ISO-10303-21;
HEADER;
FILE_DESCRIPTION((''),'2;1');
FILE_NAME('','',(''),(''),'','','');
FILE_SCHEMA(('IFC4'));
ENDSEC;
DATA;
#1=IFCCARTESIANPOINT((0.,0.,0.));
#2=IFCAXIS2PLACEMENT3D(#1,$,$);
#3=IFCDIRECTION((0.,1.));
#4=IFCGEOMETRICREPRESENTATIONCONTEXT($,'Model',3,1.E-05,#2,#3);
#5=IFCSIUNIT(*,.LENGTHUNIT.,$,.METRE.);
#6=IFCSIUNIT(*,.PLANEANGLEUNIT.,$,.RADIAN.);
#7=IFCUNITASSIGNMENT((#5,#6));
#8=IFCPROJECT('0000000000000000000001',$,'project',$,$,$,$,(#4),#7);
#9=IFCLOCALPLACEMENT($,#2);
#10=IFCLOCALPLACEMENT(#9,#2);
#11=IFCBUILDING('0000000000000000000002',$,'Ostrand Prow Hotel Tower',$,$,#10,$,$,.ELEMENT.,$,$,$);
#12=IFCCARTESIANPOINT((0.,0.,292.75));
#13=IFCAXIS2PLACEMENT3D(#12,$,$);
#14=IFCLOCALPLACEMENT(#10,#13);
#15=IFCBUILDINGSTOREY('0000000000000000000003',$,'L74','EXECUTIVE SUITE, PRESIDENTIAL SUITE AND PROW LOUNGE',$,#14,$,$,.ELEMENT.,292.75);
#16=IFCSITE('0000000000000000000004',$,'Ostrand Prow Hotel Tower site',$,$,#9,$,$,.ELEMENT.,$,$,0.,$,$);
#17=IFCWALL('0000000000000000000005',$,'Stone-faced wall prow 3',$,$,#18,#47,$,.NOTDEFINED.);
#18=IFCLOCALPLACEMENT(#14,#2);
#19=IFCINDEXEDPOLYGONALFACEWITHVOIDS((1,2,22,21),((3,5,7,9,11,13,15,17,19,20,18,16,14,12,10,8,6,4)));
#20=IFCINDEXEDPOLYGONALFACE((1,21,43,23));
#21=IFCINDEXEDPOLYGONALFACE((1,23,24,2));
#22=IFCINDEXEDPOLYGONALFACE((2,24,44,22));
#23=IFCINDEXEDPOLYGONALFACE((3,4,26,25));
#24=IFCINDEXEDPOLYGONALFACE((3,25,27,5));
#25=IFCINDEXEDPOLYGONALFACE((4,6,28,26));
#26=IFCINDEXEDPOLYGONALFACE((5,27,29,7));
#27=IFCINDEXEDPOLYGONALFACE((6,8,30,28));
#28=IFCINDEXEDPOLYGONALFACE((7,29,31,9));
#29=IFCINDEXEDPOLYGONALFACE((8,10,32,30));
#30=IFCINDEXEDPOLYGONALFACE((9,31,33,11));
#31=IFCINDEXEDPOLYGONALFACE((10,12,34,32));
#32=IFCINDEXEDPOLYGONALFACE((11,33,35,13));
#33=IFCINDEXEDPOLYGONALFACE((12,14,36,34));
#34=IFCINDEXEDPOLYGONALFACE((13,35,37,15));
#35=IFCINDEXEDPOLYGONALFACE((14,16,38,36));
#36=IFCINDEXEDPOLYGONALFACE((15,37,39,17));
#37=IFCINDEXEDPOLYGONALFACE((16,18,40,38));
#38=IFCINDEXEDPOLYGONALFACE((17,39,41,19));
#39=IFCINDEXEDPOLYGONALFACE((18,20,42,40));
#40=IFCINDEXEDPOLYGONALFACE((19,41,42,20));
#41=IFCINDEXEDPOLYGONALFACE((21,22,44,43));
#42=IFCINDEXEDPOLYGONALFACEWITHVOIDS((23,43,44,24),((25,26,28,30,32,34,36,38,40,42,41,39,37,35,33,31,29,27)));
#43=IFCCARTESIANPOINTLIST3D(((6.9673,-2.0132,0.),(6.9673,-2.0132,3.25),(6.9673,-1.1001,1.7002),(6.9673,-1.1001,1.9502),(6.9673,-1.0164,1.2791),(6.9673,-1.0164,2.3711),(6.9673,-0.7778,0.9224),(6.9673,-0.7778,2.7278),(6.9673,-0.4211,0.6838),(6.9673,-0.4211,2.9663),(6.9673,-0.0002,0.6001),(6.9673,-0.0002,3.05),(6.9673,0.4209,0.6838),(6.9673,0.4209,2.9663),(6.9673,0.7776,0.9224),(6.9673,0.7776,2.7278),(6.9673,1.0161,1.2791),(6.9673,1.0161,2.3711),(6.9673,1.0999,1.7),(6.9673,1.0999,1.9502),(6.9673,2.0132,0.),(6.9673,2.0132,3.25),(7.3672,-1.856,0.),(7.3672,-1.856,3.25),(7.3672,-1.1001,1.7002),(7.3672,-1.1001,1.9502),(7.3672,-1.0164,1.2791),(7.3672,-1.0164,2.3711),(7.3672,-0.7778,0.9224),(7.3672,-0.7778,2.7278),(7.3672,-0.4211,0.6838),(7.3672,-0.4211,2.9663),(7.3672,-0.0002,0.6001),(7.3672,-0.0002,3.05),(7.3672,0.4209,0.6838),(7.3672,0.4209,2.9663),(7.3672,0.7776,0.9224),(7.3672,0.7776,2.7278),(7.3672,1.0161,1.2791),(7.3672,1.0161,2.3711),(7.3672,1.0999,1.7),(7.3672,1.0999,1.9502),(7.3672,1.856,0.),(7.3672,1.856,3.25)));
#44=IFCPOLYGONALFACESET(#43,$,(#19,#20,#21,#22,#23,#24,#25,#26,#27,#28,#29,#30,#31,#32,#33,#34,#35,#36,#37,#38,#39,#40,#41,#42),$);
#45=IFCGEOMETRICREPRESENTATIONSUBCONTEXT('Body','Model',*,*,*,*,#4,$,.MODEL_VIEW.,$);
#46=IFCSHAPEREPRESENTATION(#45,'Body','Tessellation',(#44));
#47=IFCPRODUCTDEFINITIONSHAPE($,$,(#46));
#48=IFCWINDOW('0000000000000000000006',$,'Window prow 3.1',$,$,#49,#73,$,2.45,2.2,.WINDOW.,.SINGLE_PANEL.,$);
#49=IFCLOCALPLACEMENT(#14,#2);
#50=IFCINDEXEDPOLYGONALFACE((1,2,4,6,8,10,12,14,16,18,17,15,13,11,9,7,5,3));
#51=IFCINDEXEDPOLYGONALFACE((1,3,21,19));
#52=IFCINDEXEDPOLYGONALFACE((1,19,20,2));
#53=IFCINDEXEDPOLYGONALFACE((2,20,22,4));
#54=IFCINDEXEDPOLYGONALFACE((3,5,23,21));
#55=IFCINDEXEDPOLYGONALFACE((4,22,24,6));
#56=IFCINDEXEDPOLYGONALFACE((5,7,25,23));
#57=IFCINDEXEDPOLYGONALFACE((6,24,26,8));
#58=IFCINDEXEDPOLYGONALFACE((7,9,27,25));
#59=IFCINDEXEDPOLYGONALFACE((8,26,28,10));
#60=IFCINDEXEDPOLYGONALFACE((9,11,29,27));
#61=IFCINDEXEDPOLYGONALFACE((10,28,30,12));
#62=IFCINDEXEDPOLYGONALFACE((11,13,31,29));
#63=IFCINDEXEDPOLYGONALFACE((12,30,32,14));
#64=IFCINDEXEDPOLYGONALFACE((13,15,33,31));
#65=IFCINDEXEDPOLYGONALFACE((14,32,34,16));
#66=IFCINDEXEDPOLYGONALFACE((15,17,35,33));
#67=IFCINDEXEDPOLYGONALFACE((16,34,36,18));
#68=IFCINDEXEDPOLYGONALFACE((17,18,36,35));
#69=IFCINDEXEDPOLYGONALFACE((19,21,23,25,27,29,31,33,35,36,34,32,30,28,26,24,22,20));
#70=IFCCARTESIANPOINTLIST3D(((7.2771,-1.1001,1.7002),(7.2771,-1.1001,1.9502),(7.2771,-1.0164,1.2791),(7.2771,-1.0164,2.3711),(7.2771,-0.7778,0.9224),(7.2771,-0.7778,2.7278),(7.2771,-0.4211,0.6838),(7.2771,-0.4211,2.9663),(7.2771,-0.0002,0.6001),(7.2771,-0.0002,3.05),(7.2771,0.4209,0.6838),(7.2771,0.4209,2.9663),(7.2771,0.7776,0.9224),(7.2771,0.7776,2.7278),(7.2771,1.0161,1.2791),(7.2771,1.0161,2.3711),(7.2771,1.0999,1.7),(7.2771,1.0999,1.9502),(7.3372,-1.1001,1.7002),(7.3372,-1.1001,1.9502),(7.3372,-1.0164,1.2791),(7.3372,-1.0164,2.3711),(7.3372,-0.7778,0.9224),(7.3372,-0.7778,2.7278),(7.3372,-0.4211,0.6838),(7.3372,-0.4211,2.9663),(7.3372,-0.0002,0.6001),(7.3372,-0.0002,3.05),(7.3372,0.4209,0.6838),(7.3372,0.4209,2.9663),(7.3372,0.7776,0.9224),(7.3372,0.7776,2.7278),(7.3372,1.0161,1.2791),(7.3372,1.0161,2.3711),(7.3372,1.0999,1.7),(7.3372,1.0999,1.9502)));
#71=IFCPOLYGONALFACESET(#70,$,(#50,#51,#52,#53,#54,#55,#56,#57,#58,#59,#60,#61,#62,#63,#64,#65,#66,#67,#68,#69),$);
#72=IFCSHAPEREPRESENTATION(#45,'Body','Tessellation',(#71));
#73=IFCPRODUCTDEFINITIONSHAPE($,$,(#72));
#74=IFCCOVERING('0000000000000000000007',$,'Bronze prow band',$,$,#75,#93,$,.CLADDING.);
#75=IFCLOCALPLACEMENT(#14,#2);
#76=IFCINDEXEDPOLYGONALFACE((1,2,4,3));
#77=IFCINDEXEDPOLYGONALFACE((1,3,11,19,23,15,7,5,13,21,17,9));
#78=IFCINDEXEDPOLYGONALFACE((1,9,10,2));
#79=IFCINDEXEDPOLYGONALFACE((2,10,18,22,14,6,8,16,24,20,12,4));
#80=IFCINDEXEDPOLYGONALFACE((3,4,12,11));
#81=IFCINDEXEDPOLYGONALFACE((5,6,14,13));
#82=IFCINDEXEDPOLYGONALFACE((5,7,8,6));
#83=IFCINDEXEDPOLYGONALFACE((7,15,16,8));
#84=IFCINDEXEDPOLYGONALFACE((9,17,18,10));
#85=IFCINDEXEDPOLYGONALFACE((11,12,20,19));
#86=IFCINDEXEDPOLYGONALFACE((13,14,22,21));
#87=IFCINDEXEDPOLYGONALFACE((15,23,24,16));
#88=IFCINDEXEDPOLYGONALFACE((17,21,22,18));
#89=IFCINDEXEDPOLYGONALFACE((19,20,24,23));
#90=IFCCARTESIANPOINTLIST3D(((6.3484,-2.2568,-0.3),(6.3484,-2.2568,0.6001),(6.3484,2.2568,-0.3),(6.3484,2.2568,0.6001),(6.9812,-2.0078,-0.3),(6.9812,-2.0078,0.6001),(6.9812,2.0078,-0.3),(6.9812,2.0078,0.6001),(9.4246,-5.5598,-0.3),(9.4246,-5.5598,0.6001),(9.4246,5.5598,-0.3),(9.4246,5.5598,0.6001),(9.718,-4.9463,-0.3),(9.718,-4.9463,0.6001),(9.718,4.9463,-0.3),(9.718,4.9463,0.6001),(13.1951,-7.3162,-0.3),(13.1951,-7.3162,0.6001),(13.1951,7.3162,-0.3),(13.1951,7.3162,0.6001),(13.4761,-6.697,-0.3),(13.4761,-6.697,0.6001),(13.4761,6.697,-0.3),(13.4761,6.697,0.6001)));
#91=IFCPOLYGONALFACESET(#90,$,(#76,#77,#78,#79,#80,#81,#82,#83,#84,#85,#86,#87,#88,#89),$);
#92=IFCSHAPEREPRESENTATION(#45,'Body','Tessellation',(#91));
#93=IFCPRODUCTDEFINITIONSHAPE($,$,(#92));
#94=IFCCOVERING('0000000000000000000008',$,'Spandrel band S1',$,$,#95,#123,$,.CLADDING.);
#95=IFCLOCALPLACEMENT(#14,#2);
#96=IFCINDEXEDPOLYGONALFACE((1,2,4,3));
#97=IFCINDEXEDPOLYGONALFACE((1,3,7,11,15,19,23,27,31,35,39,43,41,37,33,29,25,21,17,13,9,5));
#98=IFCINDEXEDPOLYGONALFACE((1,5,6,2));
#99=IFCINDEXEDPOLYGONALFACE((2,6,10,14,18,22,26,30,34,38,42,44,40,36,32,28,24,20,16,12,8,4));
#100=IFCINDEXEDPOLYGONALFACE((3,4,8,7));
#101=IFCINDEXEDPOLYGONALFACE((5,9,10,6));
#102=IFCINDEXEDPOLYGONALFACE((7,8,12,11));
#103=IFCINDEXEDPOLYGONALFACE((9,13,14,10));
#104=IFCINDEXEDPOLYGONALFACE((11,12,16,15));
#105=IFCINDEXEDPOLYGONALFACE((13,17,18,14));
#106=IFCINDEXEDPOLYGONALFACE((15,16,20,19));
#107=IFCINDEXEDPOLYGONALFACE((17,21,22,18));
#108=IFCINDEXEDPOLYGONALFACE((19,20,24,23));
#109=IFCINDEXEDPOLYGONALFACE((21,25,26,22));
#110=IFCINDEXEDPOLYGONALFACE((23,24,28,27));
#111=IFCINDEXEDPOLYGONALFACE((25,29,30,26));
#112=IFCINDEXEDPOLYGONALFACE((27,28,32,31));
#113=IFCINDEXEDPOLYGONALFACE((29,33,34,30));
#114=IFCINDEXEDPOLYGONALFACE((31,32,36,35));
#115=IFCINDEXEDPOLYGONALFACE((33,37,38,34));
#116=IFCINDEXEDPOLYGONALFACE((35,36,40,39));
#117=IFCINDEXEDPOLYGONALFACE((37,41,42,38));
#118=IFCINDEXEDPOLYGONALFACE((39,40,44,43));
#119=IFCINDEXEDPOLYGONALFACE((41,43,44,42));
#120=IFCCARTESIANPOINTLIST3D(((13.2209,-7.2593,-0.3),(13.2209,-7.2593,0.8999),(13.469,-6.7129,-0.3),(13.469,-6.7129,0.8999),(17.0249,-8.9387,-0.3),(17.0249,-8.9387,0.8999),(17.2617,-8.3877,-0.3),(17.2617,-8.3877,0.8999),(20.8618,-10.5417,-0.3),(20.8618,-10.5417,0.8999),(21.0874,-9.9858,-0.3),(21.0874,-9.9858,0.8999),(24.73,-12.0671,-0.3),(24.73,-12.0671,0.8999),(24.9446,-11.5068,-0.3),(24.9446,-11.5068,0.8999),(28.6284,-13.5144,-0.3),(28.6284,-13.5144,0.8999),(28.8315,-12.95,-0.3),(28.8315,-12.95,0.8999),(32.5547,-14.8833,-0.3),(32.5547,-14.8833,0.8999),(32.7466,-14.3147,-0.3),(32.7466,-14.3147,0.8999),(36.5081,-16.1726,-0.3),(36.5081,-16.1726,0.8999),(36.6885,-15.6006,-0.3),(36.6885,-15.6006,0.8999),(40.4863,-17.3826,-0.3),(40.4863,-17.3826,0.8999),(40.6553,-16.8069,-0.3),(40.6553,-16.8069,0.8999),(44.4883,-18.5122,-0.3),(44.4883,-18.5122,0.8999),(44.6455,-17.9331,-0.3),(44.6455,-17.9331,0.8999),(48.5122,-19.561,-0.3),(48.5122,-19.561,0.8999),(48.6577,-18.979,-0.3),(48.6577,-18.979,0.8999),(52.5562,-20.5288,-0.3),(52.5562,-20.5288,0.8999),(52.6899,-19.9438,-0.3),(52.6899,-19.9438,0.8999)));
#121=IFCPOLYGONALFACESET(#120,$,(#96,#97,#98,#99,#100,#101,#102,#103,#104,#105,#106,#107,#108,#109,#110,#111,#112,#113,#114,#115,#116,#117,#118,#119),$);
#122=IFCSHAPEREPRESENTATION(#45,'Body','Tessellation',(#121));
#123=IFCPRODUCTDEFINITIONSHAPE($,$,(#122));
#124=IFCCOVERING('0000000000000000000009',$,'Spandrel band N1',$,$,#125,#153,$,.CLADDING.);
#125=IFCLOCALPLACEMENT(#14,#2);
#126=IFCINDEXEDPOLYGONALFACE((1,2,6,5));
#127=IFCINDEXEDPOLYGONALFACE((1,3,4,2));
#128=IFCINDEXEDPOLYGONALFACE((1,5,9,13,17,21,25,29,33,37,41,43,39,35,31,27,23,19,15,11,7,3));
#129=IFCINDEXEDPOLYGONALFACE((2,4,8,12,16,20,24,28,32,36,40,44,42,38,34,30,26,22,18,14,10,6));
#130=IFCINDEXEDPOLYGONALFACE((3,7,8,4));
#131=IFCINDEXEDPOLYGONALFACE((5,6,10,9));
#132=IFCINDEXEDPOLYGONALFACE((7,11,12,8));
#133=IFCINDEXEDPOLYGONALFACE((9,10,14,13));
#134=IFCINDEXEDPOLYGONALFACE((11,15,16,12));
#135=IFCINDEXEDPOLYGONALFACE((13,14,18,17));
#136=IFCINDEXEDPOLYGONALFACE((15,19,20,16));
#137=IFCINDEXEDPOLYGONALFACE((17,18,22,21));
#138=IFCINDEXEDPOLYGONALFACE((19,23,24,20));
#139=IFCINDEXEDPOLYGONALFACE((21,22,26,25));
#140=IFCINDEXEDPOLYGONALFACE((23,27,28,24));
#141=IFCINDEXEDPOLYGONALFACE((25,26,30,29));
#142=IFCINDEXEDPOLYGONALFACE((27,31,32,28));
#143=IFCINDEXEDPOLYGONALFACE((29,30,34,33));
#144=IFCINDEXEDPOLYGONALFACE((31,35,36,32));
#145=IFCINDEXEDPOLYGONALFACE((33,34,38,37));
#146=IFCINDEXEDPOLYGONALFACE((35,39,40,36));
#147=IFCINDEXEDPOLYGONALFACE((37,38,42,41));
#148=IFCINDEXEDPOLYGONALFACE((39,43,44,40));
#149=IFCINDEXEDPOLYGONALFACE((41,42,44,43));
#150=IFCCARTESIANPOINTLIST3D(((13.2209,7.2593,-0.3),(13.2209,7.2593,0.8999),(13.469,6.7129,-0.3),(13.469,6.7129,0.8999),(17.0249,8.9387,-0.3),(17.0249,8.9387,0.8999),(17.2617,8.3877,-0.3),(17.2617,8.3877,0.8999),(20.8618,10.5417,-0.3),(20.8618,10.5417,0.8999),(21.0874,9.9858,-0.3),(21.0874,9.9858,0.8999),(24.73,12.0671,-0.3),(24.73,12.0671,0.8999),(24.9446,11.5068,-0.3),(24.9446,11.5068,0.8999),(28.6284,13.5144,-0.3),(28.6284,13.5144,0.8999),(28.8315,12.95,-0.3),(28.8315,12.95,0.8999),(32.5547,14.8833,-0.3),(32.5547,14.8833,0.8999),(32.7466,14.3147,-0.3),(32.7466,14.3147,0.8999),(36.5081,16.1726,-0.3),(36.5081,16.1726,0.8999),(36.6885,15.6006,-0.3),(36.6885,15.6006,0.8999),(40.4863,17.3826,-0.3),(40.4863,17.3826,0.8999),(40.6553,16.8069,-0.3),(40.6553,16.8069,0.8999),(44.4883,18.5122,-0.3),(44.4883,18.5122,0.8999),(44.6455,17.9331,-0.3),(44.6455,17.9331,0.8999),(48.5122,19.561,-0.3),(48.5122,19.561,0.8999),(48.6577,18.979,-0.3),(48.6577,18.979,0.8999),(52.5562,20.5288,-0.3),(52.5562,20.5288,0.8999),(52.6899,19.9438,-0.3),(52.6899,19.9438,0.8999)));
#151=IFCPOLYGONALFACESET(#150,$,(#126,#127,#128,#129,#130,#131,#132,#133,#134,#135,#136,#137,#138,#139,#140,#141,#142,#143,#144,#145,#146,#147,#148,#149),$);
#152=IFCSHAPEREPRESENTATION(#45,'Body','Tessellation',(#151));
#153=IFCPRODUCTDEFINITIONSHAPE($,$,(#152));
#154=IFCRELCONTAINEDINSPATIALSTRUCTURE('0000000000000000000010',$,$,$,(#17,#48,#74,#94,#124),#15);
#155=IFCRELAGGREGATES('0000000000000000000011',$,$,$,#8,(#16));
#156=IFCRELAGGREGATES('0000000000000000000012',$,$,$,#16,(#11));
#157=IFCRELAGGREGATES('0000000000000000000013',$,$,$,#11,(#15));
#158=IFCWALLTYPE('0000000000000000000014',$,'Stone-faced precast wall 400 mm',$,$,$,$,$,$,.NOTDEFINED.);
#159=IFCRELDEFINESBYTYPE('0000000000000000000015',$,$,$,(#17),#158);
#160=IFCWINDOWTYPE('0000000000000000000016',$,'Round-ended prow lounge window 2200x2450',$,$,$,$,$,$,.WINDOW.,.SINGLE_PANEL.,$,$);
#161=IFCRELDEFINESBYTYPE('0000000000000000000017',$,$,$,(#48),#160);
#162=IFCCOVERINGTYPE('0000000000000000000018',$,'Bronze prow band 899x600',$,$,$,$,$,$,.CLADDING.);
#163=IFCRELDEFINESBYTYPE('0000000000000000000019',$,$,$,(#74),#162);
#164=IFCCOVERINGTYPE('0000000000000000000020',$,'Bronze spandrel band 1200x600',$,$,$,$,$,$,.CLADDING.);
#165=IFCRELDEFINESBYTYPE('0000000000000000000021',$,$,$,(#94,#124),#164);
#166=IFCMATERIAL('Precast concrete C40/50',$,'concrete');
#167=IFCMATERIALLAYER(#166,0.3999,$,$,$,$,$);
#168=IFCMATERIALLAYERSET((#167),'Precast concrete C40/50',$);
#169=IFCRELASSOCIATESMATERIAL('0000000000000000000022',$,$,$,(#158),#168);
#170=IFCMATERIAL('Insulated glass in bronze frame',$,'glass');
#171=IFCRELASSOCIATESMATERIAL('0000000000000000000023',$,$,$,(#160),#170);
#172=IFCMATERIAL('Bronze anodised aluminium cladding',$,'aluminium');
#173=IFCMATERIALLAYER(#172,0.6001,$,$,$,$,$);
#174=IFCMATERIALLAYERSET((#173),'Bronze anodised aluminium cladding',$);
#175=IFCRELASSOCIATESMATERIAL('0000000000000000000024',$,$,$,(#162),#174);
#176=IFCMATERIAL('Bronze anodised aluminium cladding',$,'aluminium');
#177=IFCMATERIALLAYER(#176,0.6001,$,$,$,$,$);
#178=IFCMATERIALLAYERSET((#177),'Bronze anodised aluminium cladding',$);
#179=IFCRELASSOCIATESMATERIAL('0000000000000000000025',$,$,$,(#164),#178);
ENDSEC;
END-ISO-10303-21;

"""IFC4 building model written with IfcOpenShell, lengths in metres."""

from ifc_helpers import new_model, si_unit, direction, frame, origin, place, context, subcontext, project, spatial, polyline, outline, extrude, material, layer, layer_set, type_object, element, fill, save


model = new_model("IFC4")

# Units and contexts
model_context = context("Model", 3, precision=1e-05, world=origin(), true_north=direction((0.0, 1.0)))
body_context = subcontext(model_context, "Body", "Model", "MODEL_VIEW")
ifc_project = project(units=[si_unit("LENGTHUNIT", "METRE"), si_unit("PLANEANGLEUNIT", "RADIAN")], contexts=[model_context])

# Site, building, storey
site_placement = place(None, origin())
site = spatial("IfcSite", under=ifc_project, at=site_placement, Name="Ostrand Prow Hotel Tower site", CompositionType="ELEMENT", RefElevation=0.0)
building_placement = place(site_placement, origin())
building = spatial("IfcBuilding", under=site, at=building_placement, Name="Ostrand Prow Hotel Tower", CompositionType="ELEMENT")
storey_placement = place(building_placement, frame((0.0, 0.0, 292.75)))
storey = spatial("IfcBuildingStorey", under=building, at=storey_placement, Name="L74", Description="EXECUTIVE SUITE, PRESIDENTIAL SUITE AND PROW LOUNGE", CompositionType="ELEMENT", Elevation=292.75)

# Wall, opening, window
ifc_material_1 = material(Name="Precast concrete C40/50", Category="concrete")
ifc_layer_1 = layer(ifc_material_1, 0.3999)
ifc_layer_set_1 = layer_set([ifc_layer_1], Name="Precast concrete C40/50")
wall_type = type_object("IfcWallType", Name="Stone-faced precast wall 400 mm", PredefinedType="NOTDEFINED", material=ifc_layer_set_1)
wall_placement = place(storey_placement, frame((7.1672, 1.9346, 0.0), z_axis=(0.0, 0.0, 1.0), x_axis=(0.0, -1.0, 0.0)))
wall = element("IfcWall", 1, at=wall_placement, inside=storey, type_object=wall_type, Name="Stone-faced wall prow 3", PredefinedType="NOTDEFINED", context=body_context, shape_type="SweptSolid", body=[
    extrude(outline(polyline([(-0.0786, -0.2), (3.9478, -0.2), (3.7905, 0.2), (0.0786, 0.2), (-0.0786, -0.2)])), origin(), (0.0, 0.0, 1.0), 3.25),
])
opening_1_placement = place(wall_placement, frame((0.8347, 0.0, 0.6001)))
opening_1 = element("IfcOpeningElement", 2, at=opening_1_placement, cuts=wall, PredefinedType="OPENING", context=body_context, shape_type="SweptSolid", body=[
    extrude(outline(polyline([(0.0, 1.3501), (0.0837, 1.771), (0.3223, 2.1277), (0.679, 2.3662), (1.1001, 2.45), (1.521, 2.3662), (1.8777, 2.1277), (2.1162, 1.771), (2.2, 1.3501), (2.2, 1.1001), (2.1162, 0.679), (1.8777, 0.3223), (1.521, 0.0837), (1.1001, 0.0), (0.679, 0.0837), (0.3223, 0.3223), (0.0837, 0.679), (0.0, 1.0999), (0.0, 1.3501)])), frame((0.0, 0.21, 0.0), z_axis=(0.0, -1.0, 0.0), x_axis=(1.0, 0.0, 0.0)), (0.0, 0.0, 1.0), 0.4199),
])
ifc_material_2 = material(Name="Insulated glass in bronze frame", Category="glass")
window_type = type_object("IfcWindowType", Name="Round-ended prow lounge window 2200x2450", PartitioningType="SINGLE_PANEL", PredefinedType="WINDOW", material=ifc_material_2)
window_placement = place(opening_1_placement, origin())
window = element("IfcWindow", 3, at=window_placement, inside=storey, type_object=window_type, Name="Window prow 3.1", OverallHeight=2.45, OverallWidth=2.2, PartitioningType="SINGLE_PANEL", PredefinedType="WINDOW", context=body_context, shape_type="SweptSolid", body=[
    extrude(outline(polyline([(0.0, 1.3501), (0.0837, 1.771), (0.3223, 2.1277), (0.679, 2.3662), (1.1001, 2.45), (1.521, 2.3662), (1.8777, 2.1277), (2.1162, 1.771), (2.2, 1.3501), (2.2, 1.1001), (2.1162, 0.679), (1.8777, 0.3223), (1.521, 0.0837), (1.1001, 0.0), (0.679, 0.0837), (0.3223, 0.3223), (0.0837, 0.679), (0.0, 1.0999), (0.0, 1.3501)])), frame((0.0, 0.1699, 0.0), z_axis=(0.0, -1.0, 0.0), x_axis=(1.0, 0.0, 0.0)), (0.0, 0.0, 1.0), 0.0601),
])
fill(opening_1, window)

# Coverings
ifc_material_3 = material(Name="Bronze anodised aluminium cladding", Category="aluminium")
ifc_layer_2 = layer(ifc_material_3, 0.6001)
ifc_layer_set_2 = layer_set([ifc_layer_2], Name="Bronze anodised aluminium cladding")
covering_type_1 = type_object("IfcCoveringType", Name="Bronze prow band 899x600", PredefinedType="CLADDING", material=ifc_layer_set_2)
covering_1_placement = place(storey_placement, frame((0.0, 0.0, -0.3)))
element("IfcCovering", 4, at=covering_1_placement, inside=storey, type_object=covering_type_1, Name="Bronze prow band", PredefinedType="CLADDING", context=body_context, shape_type="SweptSolid", body=[
    extrude(outline(polyline([(13.1951, 7.3162), (9.4246, 5.5598), (6.3484, 2.2568), (6.3484, -2.2568), (9.4246, -5.5598), (13.1951, -7.3162), (13.4761, -6.697), (9.718, -4.9463), (6.9812, -2.0078), (6.9812, 2.0078), (9.718, 4.9463), (13.4761, 6.697), (13.1951, 7.3162)])), origin(), (0.0, 0.0, 1.0), 0.9001),
])
ifc_material_4 = material(Name="Bronze anodised aluminium cladding", Category="aluminium")
ifc_layer_3 = layer(ifc_material_4, 0.6001)
ifc_layer_set_3 = layer_set([ifc_layer_3], Name="Bronze anodised aluminium cladding")
covering_type_2 = type_object("IfcCoveringType", Name="Bronze spandrel band 1200x600", PredefinedType="CLADDING", material=ifc_layer_set_3)
covering_2_placement = place(storey_placement, frame((0.0, 0.0, -0.3)))
element("IfcCovering", 5, at=covering_2_placement, inside=storey, type_object=covering_type_2, Name="Spandrel band S1", PredefinedType="CLADDING", context=body_context, shape_type="SweptSolid", body=[
    extrude(outline(polyline([(13.2209, -7.2593), (17.0249, -8.9387), (20.8618, -10.5417), (24.73, -12.0671), (28.6284, -13.5144), (32.5547, -14.8833), (36.5081, -16.1726), (40.4863, -17.3826), (44.4883, -18.5122), (48.5122, -19.561), (52.5562, -20.5288), (52.6899, -19.9438), (48.6577, -18.979), (44.6455, -17.9331), (40.6553, -16.8069), (36.6885, -15.6006), (32.7466, -14.3147), (28.8315, -12.95), (24.9446, -11.5068), (21.0874, -9.9858), (17.2617, -8.3877), (13.469, -6.7129), (13.2209, -7.2593)])), origin(), (0.0, 0.0, 1.0), 1.2),
])
covering_3_placement = place(storey_placement, frame((0.0, 0.0, -0.3)))
element("IfcCovering", 6, at=covering_3_placement, inside=storey, type_object=covering_type_2, Name="Spandrel band N1", PredefinedType="CLADDING", context=body_context, shape_type="SweptSolid", body=[
    extrude(outline(polyline([(52.5562, 20.5288), (48.5122, 19.561), (44.4883, 18.5122), (40.4863, 17.3826), (36.5081, 16.1726), (32.5547, 14.8833), (28.6284, 13.5144), (24.73, 12.0671), (20.8618, 10.5417), (17.0249, 8.9387), (13.2209, 7.2593), (13.469, 6.7129), (17.2617, 8.3877), (21.0874, 9.9858), (24.9446, 11.5068), (28.8315, 12.95), (32.7466, 14.3147), (36.6885, 15.6006), (40.6553, 16.8069), (44.6455, 17.9331), (48.6577, 18.979), (52.6899, 19.9438), (52.5562, 20.5288)])), origin(), (0.0, 0.0, 1.0), 1.2),
])

save(model, "model.ifc")
